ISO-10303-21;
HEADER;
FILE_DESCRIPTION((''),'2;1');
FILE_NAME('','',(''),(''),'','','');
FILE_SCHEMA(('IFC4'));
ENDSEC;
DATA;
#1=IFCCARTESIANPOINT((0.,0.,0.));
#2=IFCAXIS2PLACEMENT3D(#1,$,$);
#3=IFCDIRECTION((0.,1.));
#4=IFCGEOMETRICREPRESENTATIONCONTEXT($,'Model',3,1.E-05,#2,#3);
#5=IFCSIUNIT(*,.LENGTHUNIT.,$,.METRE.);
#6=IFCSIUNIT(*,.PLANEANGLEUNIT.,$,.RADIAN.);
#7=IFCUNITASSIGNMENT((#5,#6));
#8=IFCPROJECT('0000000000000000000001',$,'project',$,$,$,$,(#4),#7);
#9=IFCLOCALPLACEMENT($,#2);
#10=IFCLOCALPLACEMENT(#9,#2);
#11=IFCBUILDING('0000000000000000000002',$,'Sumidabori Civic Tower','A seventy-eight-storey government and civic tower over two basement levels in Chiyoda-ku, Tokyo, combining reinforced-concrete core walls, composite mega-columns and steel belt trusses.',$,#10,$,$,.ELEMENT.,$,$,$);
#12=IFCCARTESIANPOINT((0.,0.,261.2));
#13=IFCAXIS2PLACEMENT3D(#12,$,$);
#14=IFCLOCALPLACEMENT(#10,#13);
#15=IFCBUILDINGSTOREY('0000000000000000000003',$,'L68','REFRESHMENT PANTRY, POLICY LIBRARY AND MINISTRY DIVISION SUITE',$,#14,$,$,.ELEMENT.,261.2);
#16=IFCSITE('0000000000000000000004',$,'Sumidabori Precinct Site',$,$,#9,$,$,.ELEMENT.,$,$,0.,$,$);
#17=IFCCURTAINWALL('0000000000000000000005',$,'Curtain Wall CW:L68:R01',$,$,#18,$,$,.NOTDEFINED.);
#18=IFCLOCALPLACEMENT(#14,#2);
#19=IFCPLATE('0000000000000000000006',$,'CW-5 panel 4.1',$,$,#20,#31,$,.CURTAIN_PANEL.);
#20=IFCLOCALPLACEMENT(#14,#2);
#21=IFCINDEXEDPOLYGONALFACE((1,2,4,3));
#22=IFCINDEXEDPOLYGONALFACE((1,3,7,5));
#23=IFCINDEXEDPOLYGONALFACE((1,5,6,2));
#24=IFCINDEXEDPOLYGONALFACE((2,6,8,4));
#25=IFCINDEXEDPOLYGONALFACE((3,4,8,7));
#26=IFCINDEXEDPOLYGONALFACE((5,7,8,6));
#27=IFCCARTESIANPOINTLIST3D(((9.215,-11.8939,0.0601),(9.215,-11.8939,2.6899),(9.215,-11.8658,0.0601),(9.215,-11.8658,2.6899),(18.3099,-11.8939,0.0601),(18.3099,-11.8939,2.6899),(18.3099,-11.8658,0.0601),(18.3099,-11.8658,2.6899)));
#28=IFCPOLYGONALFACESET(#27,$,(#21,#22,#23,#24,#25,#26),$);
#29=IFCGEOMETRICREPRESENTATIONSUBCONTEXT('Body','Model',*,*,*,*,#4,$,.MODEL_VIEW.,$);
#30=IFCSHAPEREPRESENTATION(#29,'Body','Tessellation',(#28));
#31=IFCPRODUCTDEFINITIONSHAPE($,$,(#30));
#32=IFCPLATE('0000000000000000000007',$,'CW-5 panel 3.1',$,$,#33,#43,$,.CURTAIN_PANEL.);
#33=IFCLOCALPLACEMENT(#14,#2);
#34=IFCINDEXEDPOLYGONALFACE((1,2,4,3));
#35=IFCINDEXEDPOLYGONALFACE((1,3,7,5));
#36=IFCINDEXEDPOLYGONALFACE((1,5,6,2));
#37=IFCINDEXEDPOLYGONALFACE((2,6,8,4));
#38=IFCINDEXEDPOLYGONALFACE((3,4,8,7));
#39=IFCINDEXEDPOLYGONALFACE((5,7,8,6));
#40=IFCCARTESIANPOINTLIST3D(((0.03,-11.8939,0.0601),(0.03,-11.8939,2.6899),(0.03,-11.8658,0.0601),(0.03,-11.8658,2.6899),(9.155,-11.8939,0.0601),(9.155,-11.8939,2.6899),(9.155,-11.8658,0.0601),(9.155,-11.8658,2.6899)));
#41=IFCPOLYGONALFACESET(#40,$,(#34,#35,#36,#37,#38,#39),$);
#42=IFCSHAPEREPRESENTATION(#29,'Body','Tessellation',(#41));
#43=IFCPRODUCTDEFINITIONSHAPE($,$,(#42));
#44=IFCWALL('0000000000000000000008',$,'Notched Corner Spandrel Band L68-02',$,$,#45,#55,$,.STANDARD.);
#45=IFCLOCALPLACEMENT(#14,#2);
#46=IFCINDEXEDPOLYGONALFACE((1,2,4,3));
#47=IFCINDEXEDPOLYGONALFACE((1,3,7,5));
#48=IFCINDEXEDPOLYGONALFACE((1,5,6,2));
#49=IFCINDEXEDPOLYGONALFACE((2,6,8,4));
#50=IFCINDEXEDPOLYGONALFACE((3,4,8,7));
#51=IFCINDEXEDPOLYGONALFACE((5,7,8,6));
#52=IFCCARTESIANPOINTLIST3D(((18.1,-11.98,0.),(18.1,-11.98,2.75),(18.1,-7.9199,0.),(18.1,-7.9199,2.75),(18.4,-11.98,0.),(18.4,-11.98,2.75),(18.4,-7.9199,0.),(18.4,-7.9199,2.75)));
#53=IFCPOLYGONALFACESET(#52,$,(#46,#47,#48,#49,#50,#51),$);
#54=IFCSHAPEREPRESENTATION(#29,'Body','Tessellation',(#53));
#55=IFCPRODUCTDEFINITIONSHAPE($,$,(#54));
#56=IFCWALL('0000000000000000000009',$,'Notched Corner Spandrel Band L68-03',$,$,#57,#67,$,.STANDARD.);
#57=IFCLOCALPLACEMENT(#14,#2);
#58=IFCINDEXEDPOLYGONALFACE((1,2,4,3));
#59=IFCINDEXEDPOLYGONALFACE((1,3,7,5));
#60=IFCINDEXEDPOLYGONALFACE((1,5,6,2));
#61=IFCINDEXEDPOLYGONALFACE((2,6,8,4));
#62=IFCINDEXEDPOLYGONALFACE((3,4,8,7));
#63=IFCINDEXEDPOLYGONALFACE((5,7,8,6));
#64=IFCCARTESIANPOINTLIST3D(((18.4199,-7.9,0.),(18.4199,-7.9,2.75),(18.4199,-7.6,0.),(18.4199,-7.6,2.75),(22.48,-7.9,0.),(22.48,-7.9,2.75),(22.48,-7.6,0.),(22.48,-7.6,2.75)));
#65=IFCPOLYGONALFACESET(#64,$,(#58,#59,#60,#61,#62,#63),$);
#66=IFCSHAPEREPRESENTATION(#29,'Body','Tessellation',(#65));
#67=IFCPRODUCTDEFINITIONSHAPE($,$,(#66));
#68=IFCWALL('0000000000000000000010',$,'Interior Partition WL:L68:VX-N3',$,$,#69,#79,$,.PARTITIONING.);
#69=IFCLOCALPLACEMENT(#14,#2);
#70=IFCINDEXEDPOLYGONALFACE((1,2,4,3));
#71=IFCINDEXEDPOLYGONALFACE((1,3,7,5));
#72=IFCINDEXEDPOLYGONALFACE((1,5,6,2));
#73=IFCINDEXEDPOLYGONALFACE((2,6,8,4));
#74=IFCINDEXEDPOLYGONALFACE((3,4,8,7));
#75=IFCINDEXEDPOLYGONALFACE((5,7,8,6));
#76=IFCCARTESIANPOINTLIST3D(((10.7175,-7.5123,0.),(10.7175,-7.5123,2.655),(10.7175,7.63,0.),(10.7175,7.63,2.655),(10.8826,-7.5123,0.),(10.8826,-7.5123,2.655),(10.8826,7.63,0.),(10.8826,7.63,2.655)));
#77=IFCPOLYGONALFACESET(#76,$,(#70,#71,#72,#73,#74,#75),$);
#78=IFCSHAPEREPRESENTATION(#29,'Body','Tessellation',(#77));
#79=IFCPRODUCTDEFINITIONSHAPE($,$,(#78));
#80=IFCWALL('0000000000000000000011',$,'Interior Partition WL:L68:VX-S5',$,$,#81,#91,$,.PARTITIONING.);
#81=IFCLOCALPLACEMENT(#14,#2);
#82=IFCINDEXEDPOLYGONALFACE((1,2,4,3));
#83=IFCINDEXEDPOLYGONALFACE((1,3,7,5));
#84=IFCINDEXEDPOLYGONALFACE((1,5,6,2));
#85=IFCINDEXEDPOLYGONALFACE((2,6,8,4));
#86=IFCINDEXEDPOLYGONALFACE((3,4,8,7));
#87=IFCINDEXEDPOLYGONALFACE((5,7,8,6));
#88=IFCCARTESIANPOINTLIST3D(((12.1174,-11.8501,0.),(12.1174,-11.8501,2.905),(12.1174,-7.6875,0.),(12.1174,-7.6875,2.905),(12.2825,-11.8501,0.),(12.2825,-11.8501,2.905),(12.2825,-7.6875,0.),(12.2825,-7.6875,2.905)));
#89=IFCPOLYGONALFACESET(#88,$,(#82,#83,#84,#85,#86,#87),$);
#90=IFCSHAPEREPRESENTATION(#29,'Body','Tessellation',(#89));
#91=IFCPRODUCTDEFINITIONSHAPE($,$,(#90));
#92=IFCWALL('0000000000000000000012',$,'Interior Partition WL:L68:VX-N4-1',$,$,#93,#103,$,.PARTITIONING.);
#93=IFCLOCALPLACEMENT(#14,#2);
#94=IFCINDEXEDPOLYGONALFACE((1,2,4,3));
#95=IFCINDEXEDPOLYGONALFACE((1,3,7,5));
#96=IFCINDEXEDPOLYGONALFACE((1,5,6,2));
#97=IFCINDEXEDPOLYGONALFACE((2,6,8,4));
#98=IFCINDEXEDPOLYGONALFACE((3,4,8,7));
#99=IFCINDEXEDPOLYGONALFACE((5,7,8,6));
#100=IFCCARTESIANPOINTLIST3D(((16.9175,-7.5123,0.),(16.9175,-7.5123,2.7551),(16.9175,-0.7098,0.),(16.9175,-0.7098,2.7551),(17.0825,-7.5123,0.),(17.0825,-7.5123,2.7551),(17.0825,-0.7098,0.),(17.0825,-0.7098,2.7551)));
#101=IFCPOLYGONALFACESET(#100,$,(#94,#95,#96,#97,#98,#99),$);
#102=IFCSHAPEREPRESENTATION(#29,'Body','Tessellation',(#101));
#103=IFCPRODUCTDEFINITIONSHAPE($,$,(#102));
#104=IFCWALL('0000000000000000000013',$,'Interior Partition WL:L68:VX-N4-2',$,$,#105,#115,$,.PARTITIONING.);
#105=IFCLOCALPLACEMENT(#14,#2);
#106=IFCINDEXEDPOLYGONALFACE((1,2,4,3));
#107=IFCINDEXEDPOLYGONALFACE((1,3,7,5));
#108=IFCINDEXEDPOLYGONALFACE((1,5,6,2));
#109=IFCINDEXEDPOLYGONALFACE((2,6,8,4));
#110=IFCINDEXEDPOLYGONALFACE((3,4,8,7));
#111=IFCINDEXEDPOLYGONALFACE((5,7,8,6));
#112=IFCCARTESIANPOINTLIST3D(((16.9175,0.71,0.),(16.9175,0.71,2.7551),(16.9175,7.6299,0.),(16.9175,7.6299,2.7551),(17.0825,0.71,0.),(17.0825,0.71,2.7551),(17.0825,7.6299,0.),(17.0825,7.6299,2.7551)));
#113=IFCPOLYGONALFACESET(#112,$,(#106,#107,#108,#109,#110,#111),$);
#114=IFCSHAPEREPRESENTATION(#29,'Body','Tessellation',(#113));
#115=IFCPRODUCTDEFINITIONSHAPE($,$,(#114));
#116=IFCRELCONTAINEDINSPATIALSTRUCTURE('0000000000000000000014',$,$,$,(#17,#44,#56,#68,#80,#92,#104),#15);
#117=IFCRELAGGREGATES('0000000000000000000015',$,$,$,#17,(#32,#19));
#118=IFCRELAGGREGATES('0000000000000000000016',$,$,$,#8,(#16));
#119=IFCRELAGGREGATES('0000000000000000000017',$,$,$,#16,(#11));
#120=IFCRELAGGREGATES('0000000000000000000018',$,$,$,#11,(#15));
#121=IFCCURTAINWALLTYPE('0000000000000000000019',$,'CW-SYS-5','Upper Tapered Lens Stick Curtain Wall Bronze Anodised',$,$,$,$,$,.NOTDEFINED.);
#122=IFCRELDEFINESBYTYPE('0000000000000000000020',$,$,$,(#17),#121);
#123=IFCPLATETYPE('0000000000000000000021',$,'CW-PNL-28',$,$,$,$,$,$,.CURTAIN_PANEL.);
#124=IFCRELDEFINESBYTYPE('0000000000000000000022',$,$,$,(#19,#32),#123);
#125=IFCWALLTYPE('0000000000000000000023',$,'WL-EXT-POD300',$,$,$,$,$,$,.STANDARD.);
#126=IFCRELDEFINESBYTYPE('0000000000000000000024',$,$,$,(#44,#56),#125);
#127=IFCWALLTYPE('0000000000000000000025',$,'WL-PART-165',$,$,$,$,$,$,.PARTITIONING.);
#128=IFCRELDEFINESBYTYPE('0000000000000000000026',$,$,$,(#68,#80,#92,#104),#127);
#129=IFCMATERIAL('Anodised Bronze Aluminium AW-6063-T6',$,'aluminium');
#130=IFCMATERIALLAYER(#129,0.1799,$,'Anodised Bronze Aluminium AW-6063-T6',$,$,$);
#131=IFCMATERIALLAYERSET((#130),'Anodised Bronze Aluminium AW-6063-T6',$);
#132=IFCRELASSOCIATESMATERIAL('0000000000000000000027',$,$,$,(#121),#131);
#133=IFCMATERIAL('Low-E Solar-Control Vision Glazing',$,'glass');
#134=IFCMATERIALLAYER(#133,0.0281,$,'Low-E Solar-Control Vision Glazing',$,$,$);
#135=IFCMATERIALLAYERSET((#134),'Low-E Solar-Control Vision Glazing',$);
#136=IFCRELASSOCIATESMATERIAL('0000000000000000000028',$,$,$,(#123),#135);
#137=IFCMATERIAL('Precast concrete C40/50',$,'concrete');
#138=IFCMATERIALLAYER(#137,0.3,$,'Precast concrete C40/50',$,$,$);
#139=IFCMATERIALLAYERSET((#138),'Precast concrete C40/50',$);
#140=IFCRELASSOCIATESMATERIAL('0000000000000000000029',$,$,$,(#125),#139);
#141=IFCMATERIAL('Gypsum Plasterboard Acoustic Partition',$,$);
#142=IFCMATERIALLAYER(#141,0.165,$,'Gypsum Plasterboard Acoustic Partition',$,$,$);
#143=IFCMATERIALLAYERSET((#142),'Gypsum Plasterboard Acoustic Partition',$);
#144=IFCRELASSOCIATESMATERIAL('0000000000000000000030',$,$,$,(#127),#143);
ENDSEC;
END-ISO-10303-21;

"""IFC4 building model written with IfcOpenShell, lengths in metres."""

from ifc_helpers import new_model, si_unit, direction, frame, frame_2d, origin, origin_2d, place, context, subcontext, project, spatial, rectangle, extrude, source, transform, mapped, material, layer, layer_set, type_object, element, aggregate, save


model = new_model("IFC4")

# Units and contexts
model_context = context("Model", 3, precision=1e-05, world=origin(), true_north=direction((0.0, 1.0)))
body_context = subcontext(model_context, "Body", "Model", "MODEL_VIEW")
ifc_project = project(units=[si_unit("LENGTHUNIT", "METRE"), si_unit("PLANEANGLEUNIT", "RADIAN")], contexts=[model_context])

# Site, building, storey
site_placement = place(None, origin())
site = spatial("IfcSite", under=ifc_project, at=site_placement, Name="Sumidabori Precinct Site", CompositionType="ELEMENT", RefElevation=0.0)
building_placement = place(site_placement, origin())
building = spatial("IfcBuilding", under=site, at=building_placement, Name="Sumidabori Civic Tower", Description="A seventy-eight-storey government and civic tower over two basement levels in Chiyoda-ku, Tokyo, combining reinforced-concrete core walls, composite mega-columns and steel belt trusses.", CompositionType="ELEMENT")
storey_placement = place(building_placement, frame((0.0, 0.0, 261.2)))
storey = spatial("IfcBuildingStorey", under=building, at=storey_placement, Name="L68", Description="REFRESHMENT PANTRY, POLICY LIBRARY AND MINISTRY DIVISION SUITE", CompositionType="ELEMENT", Elevation=261.2)

# Curtain wall
ifc_material_1 = material(Name="Anodised Bronze Aluminium AW-6063-T6", Category="aluminium")
ifc_layer_1 = layer(ifc_material_1, 0.1799, Name="Anodised Bronze Aluminium AW-6063-T6")
ifc_layer_set_1 = layer_set([ifc_layer_1], Name="Anodised Bronze Aluminium AW-6063-T6")
curtain_wall_type = type_object("IfcCurtainWallType", Name="CW-SYS-5", Description="Upper Tapered Lens Stick Curtain Wall Bronze Anodised", PredefinedType="NOTDEFINED", material=ifc_layer_set_1)
curtain_wall_1_placement = place(storey_placement, origin())
curtain_wall_1 = element("IfcCurtainWall", 1, at=curtain_wall_1_placement, inside=storey, type_object=curtain_wall_type, Name="Curtain Wall CW:L68:R01", PredefinedType="NOTDEFINED")

# Shared definitions
ifc_material_2 = material(Name="Low-E Solar-Control Vision Glazing", Category="glass")
ifc_layer_2 = layer(ifc_material_2, 0.0281, Name="Low-E Solar-Control Vision Glazing")
ifc_layer_set_2 = layer_set([ifc_layer_2], Name="Low-E Solar-Control Vision Glazing")
plate_type = type_object("IfcPlateType", Name="CW-PNL-28", PredefinedType="CURTAIN_PANEL", material=ifc_layer_set_2)

# Plates
shared_shape_1 = source(origin(), body_context, "Body", "SweptSolid", [
    extrude(rectangle(XDim=9.095, YDim=0.0281, at=origin_2d()), origin(), (0.0, 0.0, 1.0), 2.6299),
])
plate_1_placement = place(storey_placement, frame((13.7625, -11.8799, 0.0601), z_axis=(0.0, 0.0, 1.0), x_axis=(1.0, 0.0, 0.0)))
plate_1 = element("IfcPlate", 2, at=plate_1_placement, type_object=plate_type, Name="CW-5 panel 4.1", PredefinedType="CURTAIN_PANEL", context=body_context, shape_type="MappedRepresentation", body=[
    mapped(shared_shape_1, transform((0.0, 0.0, 0.0), x_axis=(1.0, 0.0, 0.0), y_axis=(0.0, 1.0, 0.0), z_axis=(0.0, 0.0, 1.0), scale=1.0)),
])
shared_shape_2 = source(origin(), body_context, "Body", "SweptSolid", [
    extrude(rectangle(XDim=9.125, YDim=0.0281, at=origin_2d()), origin(), (0.0, 0.0, 1.0), 2.6299),
])
plate_2_placement = place(storey_placement, frame((4.5925, -11.8799, 0.0601), z_axis=(0.0, 0.0, 1.0), x_axis=(1.0, 0.0, 0.0)))
plate_2 = element("IfcPlate", 3, at=plate_2_placement, type_object=plate_type, Name="CW-5 panel 3.1", PredefinedType="CURTAIN_PANEL", context=body_context, shape_type="MappedRepresentation", body=[
    mapped(shared_shape_2, transform((0.0, 0.0, 0.0), x_axis=(1.0, 0.0, 0.0), y_axis=(0.0, 1.0, 0.0), z_axis=(0.0, 0.0, 1.0), scale=1.0)),
])
aggregate(curtain_wall_1, [plate_2, plate_1])

# Walls
ifc_material_3 = material(Name="Precast concrete C40/50", Category="concrete")
ifc_layer_3 = layer(ifc_material_3, 0.3, Name="Precast concrete C40/50")
ifc_layer_set_3 = layer_set([ifc_layer_3], Name="Precast concrete C40/50")
wall_type_1 = type_object("IfcWallType", Name="WL-EXT-POD300", PredefinedType="STANDARD", material=ifc_layer_set_3)
shared_shape_3 = source(origin(), body_context, "Body", "SweptSolid", [
    extrude(rectangle(XDim=4.0601, YDim=0.3, at=frame_2d((2.03, 0.0))), origin(), (0.0, 0.0, 1.0), 2.75),
])
for number, where, z_axis, x_axis, name in (
    (4, (18.25, -11.98, 0.0), (0.0, 0.0, 1.0), (0.0, 1.0, 0.0), "Notched Corner Spandrel Band L68-02"),
    (5, (18.4199, -7.75, 0.0), (0.0, 0.0, 1.0), (1.0, 0.0, 0.0), "Notched Corner Spandrel Band L68-03"),
):
    element("IfcWall", number, at=place(storey_placement, frame(where, z_axis=z_axis, x_axis=x_axis)), inside=storey, type_object=wall_type_1, Name=name, PredefinedType="STANDARD", context=body_context, shape_type="MappedRepresentation", body=[
        mapped(shared_shape_3, transform((0.0, 0.0, 0.0), x_axis=(1.0, 0.0, 0.0), y_axis=(0.0, 1.0, 0.0), z_axis=(0.0, 0.0, 1.0), scale=1.0)),
    ])
ifc_material_4 = material(Name="Gypsum Plasterboard Acoustic Partition")
ifc_layer_4 = layer(ifc_material_4, 0.165, Name="Gypsum Plasterboard Acoustic Partition")
ifc_layer_set_4 = layer_set([ifc_layer_4], Name="Gypsum Plasterboard Acoustic Partition")
wall_type_2 = type_object("IfcWallType", Name="WL-PART-165", PredefinedType="PARTITIONING", material=ifc_layer_set_4)
shared_shape_4 = source(origin(), body_context, "Body", "SweptSolid", [
    extrude(rectangle(XDim=15.1423, YDim=0.165, at=frame_2d((7.5713, 0.0))), origin(), (0.0, 0.0, 1.0), 2.655),
])
wall_1_placement = place(storey_placement, frame((10.8, -7.5125, 0.0), z_axis=(0.0, 0.0, 1.0), x_axis=(0.0, 1.0, 0.0)))
element("IfcWall", 6, at=wall_1_placement, inside=storey, type_object=wall_type_2, Name="Interior Partition WL:L68:VX-N3", PredefinedType="PARTITIONING", context=body_context, shape_type="MappedRepresentation", body=[
    mapped(shared_shape_4, transform((0.0, 0.0, 0.0), x_axis=(1.0, 0.0, 0.0), y_axis=(0.0, 1.0, 0.0), z_axis=(0.0, 0.0, 1.0), scale=1.0)),
])
shared_shape_5 = source(origin(), body_context, "Body", "SweptSolid", [
    extrude(rectangle(XDim=4.1626, YDim=0.165, at=frame_2d((2.0813, 0.0))), origin(), (0.0, 0.0, 1.0), 2.905),
])
wall_2_placement = place(storey_placement, frame((12.2, -11.8501, 0.0), z_axis=(0.0, 0.0, 1.0), x_axis=(0.0, 1.0, 0.0)))
element("IfcWall", 7, at=wall_2_placement, inside=storey, type_object=wall_type_2, Name="Interior Partition WL:L68:VX-S5", PredefinedType="PARTITIONING", context=body_context, shape_type="MappedRepresentation", body=[
    mapped(shared_shape_5, transform((0.0, 0.0, 0.0), x_axis=(1.0, 0.0, 0.0), y_axis=(0.0, 1.0, 0.0), z_axis=(0.0, 0.0, 1.0), scale=1.0)),
])
shared_shape_6 = source(origin(), body_context, "Body", "SweptSolid", [
    extrude(rectangle(XDim=6.8025, YDim=0.165, at=frame_2d((3.4014, 0.0))), origin(), (0.0, 0.0, 1.0), 2.7551),
])
wall_3_placement = place(storey_placement, frame((17.0, -7.5125, 0.0), z_axis=(0.0, 0.0, 1.0), x_axis=(0.0, 1.0, 0.0)))
element("IfcWall", 8, at=wall_3_placement, inside=storey, type_object=wall_type_2, Name="Interior Partition WL:L68:VX-N4-1", PredefinedType="PARTITIONING", context=body_context, shape_type="MappedRepresentation", body=[
    mapped(shared_shape_6, transform((0.0, 0.0, 0.0), x_axis=(1.0, 0.0, 0.0), y_axis=(0.0, 1.0, 0.0), z_axis=(0.0, 0.0, 1.0), scale=1.0)),
])
shared_shape_7 = source(origin(), body_context, "Body", "SweptSolid", [
    extrude(rectangle(XDim=6.9199, YDim=0.165, at=frame_2d((3.46, 0.0))), origin(), (0.0, 0.0, 1.0), 2.7551),
])
wall_4_placement = place(storey_placement, frame((17.0, 0.71, 0.0), z_axis=(0.0, 0.0, 1.0), x_axis=(0.0, 1.0, 0.0)))
element("IfcWall", 9, at=wall_4_placement, inside=storey, type_object=wall_type_2, Name="Interior Partition WL:L68:VX-N4-2", PredefinedType="PARTITIONING", context=body_context, shape_type="MappedRepresentation", body=[
    mapped(shared_shape_7, transform((0.0, 0.0, 0.0), x_axis=(1.0, 0.0, 0.0), y_axis=(0.0, 1.0, 0.0), z_axis=(0.0, 0.0, 1.0), scale=1.0)),
])

save(model, "model.ifc")
